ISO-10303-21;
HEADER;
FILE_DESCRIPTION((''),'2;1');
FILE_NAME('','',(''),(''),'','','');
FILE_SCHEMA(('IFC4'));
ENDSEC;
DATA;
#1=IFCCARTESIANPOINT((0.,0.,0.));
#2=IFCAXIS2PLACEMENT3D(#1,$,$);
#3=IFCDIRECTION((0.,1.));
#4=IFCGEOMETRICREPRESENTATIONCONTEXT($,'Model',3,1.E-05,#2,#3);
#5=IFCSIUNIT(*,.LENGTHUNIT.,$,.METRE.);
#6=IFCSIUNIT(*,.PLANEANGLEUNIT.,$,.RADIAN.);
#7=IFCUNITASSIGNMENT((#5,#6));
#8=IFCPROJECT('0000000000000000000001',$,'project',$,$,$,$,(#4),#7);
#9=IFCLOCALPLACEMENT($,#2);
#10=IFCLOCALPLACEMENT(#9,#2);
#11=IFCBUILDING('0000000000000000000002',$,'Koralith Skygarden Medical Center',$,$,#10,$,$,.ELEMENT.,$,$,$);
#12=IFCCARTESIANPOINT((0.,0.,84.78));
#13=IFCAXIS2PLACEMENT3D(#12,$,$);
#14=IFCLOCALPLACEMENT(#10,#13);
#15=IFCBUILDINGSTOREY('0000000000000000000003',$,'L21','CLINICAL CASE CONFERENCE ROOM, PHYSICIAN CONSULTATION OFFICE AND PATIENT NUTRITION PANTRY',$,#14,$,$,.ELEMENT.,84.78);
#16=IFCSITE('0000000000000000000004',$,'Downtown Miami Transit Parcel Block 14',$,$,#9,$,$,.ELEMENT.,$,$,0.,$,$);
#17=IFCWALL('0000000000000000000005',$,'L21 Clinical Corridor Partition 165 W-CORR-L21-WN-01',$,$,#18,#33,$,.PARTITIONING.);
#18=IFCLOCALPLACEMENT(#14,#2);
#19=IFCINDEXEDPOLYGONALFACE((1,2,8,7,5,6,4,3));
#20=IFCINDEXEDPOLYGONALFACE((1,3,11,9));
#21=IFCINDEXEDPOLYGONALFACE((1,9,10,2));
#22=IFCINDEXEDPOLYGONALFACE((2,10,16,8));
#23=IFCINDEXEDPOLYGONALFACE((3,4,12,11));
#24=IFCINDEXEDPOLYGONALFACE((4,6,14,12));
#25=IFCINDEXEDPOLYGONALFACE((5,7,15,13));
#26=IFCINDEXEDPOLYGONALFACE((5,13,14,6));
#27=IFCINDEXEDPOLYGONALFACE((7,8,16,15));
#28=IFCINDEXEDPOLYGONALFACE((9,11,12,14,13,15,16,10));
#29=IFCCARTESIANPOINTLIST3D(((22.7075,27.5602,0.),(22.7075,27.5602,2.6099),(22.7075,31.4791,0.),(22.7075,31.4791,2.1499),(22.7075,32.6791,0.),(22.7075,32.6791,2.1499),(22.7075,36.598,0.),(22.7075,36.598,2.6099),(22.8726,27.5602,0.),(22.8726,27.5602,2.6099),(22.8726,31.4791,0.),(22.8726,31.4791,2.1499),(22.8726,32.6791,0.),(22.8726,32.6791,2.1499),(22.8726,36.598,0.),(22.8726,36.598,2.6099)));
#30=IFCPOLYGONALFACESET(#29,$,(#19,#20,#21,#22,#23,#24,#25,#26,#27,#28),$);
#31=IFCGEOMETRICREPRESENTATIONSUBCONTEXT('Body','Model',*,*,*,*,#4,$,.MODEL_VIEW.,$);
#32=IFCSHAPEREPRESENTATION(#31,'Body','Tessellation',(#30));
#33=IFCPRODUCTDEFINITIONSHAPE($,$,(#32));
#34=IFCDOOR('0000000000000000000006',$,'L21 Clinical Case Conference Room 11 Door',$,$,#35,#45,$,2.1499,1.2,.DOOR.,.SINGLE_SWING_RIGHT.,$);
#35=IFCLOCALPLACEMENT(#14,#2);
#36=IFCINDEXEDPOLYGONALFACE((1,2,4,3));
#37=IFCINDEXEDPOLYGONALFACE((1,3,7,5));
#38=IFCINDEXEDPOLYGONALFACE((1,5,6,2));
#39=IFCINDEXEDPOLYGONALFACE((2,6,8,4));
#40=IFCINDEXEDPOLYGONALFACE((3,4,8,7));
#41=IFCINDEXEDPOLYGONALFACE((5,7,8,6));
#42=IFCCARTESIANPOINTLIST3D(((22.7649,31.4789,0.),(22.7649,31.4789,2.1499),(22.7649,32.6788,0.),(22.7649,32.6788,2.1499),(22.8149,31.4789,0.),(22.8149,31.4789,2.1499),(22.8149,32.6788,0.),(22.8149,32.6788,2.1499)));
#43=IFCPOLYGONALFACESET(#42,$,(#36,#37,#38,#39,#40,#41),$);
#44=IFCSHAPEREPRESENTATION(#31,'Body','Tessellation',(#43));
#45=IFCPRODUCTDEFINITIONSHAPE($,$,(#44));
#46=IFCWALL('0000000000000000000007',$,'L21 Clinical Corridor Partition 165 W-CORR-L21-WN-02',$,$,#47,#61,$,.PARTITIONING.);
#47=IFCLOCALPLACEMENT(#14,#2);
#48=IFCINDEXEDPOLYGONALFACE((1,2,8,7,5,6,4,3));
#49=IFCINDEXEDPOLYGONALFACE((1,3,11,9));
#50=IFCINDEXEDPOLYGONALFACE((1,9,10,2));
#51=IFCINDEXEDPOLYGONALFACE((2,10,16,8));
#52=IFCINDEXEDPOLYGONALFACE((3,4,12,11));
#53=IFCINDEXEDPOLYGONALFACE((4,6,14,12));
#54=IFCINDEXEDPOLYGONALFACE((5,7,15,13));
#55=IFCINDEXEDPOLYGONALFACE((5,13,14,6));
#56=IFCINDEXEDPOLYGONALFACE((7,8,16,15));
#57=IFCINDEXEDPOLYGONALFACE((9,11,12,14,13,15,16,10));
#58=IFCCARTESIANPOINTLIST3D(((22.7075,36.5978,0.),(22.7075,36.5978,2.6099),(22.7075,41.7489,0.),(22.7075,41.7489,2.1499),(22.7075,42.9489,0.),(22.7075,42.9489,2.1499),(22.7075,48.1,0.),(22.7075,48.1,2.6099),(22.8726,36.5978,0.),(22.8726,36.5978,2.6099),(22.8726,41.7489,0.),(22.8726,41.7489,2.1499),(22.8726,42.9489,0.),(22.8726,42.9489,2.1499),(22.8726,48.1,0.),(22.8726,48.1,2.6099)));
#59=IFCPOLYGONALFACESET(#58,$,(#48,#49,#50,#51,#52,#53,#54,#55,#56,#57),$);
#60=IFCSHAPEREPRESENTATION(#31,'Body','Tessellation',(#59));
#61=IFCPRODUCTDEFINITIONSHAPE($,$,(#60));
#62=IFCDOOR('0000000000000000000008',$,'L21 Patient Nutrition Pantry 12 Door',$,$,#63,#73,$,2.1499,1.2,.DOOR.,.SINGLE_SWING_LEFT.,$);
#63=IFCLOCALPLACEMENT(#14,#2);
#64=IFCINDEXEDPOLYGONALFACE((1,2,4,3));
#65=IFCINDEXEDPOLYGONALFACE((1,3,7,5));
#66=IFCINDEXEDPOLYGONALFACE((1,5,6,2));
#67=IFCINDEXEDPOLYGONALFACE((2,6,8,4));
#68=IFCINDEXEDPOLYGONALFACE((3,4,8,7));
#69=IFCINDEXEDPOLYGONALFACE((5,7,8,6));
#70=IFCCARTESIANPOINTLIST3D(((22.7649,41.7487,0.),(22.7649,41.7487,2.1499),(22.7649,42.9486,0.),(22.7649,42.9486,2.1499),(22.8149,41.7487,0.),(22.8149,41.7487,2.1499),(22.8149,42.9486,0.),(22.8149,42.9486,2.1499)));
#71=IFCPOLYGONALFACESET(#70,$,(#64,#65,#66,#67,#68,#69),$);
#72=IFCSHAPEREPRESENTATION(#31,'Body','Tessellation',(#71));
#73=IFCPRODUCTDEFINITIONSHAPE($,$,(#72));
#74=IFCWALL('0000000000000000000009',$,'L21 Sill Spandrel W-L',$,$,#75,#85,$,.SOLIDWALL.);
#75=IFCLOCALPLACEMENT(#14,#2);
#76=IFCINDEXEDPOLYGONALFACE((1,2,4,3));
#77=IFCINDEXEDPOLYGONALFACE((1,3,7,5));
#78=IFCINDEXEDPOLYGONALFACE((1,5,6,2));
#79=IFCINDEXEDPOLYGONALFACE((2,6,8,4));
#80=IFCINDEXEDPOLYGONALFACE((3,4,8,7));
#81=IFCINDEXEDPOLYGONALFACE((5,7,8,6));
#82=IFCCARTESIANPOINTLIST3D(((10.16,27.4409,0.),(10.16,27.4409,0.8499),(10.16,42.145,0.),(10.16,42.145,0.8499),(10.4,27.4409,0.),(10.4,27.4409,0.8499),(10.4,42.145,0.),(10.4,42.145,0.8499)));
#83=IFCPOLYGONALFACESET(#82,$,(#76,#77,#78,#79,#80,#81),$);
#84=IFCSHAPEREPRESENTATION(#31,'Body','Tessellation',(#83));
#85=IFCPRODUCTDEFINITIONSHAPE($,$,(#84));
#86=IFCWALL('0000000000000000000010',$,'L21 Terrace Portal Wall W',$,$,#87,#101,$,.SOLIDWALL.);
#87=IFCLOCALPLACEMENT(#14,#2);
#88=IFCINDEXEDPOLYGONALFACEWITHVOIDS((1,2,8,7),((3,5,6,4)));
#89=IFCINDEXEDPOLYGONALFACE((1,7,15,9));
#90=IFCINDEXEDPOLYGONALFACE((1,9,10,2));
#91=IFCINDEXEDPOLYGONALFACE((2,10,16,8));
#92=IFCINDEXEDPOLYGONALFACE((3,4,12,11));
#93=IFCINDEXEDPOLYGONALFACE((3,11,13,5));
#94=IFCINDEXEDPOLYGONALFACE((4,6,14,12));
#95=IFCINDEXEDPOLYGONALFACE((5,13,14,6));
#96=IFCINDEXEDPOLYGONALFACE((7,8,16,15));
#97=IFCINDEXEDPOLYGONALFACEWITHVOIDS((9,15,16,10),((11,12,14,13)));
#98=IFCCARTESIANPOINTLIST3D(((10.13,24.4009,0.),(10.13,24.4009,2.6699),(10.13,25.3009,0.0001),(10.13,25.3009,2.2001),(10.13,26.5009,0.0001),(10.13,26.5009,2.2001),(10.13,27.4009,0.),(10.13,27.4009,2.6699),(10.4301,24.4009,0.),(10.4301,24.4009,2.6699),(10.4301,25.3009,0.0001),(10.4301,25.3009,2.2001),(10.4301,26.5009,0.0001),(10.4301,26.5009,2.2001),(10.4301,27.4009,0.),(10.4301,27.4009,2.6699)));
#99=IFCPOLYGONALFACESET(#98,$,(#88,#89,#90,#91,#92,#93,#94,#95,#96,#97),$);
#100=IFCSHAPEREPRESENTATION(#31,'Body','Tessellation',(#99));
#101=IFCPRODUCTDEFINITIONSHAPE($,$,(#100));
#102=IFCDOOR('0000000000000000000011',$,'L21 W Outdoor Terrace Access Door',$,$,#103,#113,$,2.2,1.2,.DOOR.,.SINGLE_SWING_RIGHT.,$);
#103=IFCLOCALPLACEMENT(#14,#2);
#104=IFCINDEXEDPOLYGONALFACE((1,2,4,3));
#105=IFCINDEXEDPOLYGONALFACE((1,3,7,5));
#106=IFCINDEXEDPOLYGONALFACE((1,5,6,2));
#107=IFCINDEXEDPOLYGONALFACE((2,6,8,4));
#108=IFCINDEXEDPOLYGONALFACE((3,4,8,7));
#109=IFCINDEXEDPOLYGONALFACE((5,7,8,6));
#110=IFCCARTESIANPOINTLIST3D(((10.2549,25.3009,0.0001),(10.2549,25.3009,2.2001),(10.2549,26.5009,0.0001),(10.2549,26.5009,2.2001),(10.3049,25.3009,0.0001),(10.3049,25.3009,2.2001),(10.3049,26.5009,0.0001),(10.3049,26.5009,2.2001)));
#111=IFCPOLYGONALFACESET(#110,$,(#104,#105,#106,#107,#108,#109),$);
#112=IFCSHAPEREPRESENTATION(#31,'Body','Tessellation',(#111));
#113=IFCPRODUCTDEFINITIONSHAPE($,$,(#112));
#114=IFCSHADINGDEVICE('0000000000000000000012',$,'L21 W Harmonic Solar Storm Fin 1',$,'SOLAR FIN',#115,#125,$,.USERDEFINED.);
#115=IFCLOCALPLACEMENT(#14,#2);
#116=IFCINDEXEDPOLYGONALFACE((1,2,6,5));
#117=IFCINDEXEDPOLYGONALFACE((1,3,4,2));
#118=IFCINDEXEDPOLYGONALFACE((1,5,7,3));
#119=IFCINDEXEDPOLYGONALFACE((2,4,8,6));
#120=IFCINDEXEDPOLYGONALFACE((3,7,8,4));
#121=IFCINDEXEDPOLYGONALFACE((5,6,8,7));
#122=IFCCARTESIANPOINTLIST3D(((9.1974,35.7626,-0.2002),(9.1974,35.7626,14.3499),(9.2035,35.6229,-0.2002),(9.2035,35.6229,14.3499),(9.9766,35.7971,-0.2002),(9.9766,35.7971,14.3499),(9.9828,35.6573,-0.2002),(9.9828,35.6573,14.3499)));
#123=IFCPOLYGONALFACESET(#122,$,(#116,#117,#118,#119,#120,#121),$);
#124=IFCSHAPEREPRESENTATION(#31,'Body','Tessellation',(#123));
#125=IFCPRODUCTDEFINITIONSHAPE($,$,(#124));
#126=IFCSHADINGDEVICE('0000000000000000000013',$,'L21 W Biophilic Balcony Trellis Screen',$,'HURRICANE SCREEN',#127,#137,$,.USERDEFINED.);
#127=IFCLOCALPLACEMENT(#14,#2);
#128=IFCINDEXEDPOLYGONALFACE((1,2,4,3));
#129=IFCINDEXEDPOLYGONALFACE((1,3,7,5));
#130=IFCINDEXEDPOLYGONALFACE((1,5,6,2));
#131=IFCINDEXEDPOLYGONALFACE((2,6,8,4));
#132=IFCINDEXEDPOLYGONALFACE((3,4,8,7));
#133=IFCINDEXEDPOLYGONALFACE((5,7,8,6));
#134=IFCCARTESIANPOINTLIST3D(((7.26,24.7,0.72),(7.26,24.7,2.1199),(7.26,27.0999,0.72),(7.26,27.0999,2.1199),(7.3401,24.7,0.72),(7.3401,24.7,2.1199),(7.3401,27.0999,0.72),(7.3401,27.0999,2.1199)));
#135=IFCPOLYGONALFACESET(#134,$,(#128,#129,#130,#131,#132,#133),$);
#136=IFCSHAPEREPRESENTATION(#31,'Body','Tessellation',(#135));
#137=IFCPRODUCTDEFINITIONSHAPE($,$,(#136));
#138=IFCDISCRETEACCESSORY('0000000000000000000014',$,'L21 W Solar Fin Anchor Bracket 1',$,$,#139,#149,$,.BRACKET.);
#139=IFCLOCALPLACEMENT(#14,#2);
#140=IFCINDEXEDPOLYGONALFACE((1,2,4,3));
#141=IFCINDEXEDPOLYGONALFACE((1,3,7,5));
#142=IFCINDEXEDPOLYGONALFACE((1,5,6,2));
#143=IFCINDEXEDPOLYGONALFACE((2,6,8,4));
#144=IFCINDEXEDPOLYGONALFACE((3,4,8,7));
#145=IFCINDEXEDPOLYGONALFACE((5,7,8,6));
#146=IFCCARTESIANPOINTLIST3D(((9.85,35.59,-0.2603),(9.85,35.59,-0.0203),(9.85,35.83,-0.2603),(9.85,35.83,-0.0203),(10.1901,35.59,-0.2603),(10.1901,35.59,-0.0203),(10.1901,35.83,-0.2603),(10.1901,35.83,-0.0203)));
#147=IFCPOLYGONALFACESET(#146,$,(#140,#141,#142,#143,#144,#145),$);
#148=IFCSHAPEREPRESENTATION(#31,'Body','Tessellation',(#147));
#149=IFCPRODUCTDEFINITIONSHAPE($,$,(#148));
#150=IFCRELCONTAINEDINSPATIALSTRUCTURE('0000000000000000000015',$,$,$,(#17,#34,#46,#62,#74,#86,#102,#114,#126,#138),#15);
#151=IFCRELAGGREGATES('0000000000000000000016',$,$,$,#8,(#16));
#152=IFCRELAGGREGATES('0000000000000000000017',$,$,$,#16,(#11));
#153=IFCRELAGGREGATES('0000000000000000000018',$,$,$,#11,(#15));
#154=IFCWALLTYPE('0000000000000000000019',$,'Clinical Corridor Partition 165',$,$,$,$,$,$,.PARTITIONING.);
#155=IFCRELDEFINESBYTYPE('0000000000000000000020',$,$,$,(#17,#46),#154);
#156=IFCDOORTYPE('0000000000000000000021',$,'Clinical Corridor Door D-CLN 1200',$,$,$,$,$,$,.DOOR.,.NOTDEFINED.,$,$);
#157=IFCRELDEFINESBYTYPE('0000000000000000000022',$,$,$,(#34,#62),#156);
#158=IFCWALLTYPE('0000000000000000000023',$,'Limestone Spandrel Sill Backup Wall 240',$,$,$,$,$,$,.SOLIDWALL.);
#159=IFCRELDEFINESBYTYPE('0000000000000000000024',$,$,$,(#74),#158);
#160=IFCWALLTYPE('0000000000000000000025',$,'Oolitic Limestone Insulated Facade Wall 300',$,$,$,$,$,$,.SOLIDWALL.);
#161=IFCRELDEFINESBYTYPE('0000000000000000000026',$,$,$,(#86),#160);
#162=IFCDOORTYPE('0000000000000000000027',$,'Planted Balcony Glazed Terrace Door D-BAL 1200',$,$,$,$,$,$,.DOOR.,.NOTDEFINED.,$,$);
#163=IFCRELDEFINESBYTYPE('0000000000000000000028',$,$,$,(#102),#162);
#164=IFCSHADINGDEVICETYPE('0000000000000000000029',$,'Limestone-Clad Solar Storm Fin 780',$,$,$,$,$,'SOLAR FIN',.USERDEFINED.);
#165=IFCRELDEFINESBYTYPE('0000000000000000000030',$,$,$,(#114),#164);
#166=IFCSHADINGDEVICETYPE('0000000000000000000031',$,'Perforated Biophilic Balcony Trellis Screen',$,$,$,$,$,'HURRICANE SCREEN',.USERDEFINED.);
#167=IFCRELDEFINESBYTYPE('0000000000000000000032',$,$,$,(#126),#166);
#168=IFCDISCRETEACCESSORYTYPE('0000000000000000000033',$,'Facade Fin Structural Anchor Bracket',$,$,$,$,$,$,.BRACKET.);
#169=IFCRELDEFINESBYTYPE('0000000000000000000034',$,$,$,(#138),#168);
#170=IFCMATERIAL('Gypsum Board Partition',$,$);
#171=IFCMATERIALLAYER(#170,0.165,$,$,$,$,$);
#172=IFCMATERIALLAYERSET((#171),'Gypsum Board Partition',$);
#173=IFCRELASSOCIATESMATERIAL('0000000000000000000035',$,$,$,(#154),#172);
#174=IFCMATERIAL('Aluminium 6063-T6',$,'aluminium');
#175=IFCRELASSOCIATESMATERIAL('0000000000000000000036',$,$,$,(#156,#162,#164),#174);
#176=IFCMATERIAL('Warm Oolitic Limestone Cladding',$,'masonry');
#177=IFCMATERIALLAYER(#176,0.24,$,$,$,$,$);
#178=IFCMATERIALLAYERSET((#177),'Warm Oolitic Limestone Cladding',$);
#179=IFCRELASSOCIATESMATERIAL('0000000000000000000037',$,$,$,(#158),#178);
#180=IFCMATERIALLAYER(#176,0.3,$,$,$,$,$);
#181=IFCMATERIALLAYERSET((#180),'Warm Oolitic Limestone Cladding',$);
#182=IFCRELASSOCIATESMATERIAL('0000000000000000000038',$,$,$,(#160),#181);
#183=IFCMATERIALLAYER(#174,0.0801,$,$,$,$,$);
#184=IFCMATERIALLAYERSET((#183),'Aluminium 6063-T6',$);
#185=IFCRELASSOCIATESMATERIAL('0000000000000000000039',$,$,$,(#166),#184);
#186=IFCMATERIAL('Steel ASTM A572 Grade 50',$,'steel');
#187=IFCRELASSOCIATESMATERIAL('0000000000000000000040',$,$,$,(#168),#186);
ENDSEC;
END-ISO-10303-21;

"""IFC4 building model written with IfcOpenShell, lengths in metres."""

from ifc_helpers import new_model, si_unit, direction, frame, frame_2d, origin, origin_2d, place, context, subcontext, project, spatial, rectangle, extrude, material, layer, layer_set, type_object, element, fill, save


model = new_model("IFC4")

# Units and contexts
model_context = context("Model", 3, precision=1e-05, world=origin(), true_north=direction((0.0, 1.0)))
body_context = subcontext(model_context, "Body", "Model", "MODEL_VIEW")
ifc_project = project(units=[si_unit("LENGTHUNIT", "METRE"), si_unit("PLANEANGLEUNIT", "RADIAN")], contexts=[model_context])

# Site, building, storey
site_placement = place(None, origin())
site = spatial("IfcSite", under=ifc_project, at=site_placement, Name="Downtown Miami Transit Parcel Block 14", CompositionType="ELEMENT", RefElevation=0.0)
building_placement = place(site_placement, origin())
building = spatial("IfcBuilding", under=site, at=building_placement, Name="Koralith Skygarden Medical Center", CompositionType="ELEMENT")
storey_placement = place(building_placement, frame((0.0, 0.0, 84.78)))
storey = spatial("IfcBuildingStorey", under=building, at=storey_placement, Name="L21", Description="CLINICAL CASE CONFERENCE ROOM, PHYSICIAN CONSULTATION OFFICE AND PATIENT NUTRITION PANTRY", CompositionType="ELEMENT", Elevation=84.78)

# Shared definitions
ifc_material_1 = material(Name="Aluminium 6063-T6", Category="aluminium")

# Shared definitions
ifc_material_2 = material(Name="Gypsum Board Partition")
ifc_layer_1 = layer(ifc_material_2, 0.165)
ifc_layer_set_1 = layer_set([ifc_layer_1], Name="Gypsum Board Partition")
wall_type_1 = type_object("IfcWallType", Name="Clinical Corridor Partition 165", PredefinedType="PARTITIONING", material=ifc_layer_set_1)

# Walls, openings, doors
wall_1_placement = place(storey_placement, frame((22.79, 27.5601, 0.0), z_axis=(0.0, 0.0, 1.0), x_axis=(0.0, 1.0, 0.0)))
wall_1 = element("IfcWall", 1, at=wall_1_placement, inside=storey, type_object=wall_type_1, Name="L21 Clinical Corridor Partition 165 W-CORR-L21-WN-01", PredefinedType="PARTITIONING", context=body_context, shape_type="SweptSolid", body=[
    extrude(rectangle(XDim=9.0378, YDim=0.165, at=frame_2d((4.519, 0.0))), origin(), (0.0, 0.0, 1.0), 2.6099),
])
opening_1_placement = place(wall_1_placement, frame((3.9189, 0.0, 0.0)))
opening_1 = element("IfcOpeningElement", 2, at=opening_1_placement, cuts=wall_1, PredefinedType="OPENING", context=body_context, shape_type="SweptSolid", body=[
    extrude(rectangle(XDim=1.2, YDim=2.1499, at=frame_2d((0.6001, 1.075))), frame((0.0, 0.0925, 0.0), z_axis=(0.0, -1.0, 0.0), x_axis=(1.0, 0.0, 0.0)), (0.0, 0.0, 1.0), 0.1851),
])
door_type_1 = type_object("IfcDoorType", Name="Clinical Corridor Door D-CLN 1200", OperationType="NOTDEFINED", PredefinedType="DOOR", material=ifc_material_1)
door_1_placement = place(opening_1_placement, frame((1.2, 0.0, 0.0), z_axis=(0.0, 0.0, 1.0), x_axis=(-1.0, 0.0, 0.0)))
door_1 = element("IfcDoor", 3, at=door_1_placement, inside=storey, type_object=door_type_1, Name="L21 Clinical Case Conference Room 11 Door", OperationType="SINGLE_SWING_RIGHT", OverallHeight=2.1499, OverallWidth=1.2, PredefinedType="DOOR", context=body_context, shape_type="SweptSolid", body=[
    extrude(rectangle(XDim=1.2, YDim=2.1499, at=frame_2d((0.6001, 1.075))), frame((0.0, 0.0249, 0.0), z_axis=(0.0, -1.0, 0.0), x_axis=(1.0, 0.0, 0.0)), (0.0, 0.0, 1.0), 0.05),
])
fill(opening_1, door_1)
wall_2_placement = place(storey_placement, frame((22.79, 36.5979, 0.0), z_axis=(0.0, 0.0, 1.0), x_axis=(0.0, 1.0, 0.0)))
wall_2 = element("IfcWall", 4, at=wall_2_placement, inside=storey, type_object=wall_type_1, Name="L21 Clinical Corridor Partition 165 W-CORR-L21-WN-02", PredefinedType="PARTITIONING", context=body_context, shape_type="SweptSolid", body=[
    extrude(rectangle(XDim=11.5022, YDim=0.165, at=frame_2d((5.751, 0.0))), origin(), (0.0, 0.0, 1.0), 2.6099),
])
opening_2_placement = place(wall_2_placement, frame((5.1509, 0.0, 0.0)))
opening_2 = element("IfcOpeningElement", 5, at=opening_2_placement, cuts=wall_2, PredefinedType="OPENING", context=body_context, shape_type="SweptSolid", body=[
    extrude(rectangle(XDim=1.2, YDim=2.1499, at=frame_2d((0.6001, 1.075))), frame((0.0, 0.0925, 0.0), z_axis=(0.0, -1.0, 0.0), x_axis=(1.0, 0.0, 0.0)), (0.0, 0.0, 1.0), 0.1851),
])
door_2_placement = place(opening_2_placement, frame((1.2, 0.0, 0.0), z_axis=(0.0, 0.0, 1.0), x_axis=(-1.0, 0.0, 0.0)))
door_2 = element("IfcDoor", 6, at=door_2_placement, inside=storey, type_object=door_type_1, Name="L21 Patient Nutrition Pantry 12 Door", OperationType="SINGLE_SWING_LEFT", OverallHeight=2.1499, OverallWidth=1.2, PredefinedType="DOOR", context=body_context, shape_type="SweptSolid", body=[
    extrude(rectangle(XDim=1.2, YDim=2.1499, at=frame_2d((0.6001, 1.075))), frame((0.0, 0.0249, 0.0), z_axis=(0.0, -1.0, 0.0), x_axis=(1.0, 0.0, 0.0)), (0.0, 0.0, 1.0), 0.05),
])
fill(opening_2, door_2)

# Wall
ifc_material_3 = material(Name="Warm Oolitic Limestone Cladding", Category="masonry")
ifc_layer_2 = layer(ifc_material_3, 0.24)
ifc_layer_set_2 = layer_set([ifc_layer_2], Name="Warm Oolitic Limestone Cladding")
wall_type_2 = type_object("IfcWallType", Name="Limestone Spandrel Sill Backup Wall 240", PredefinedType="SOLIDWALL", material=ifc_layer_set_2)
wall_3_placement = place(storey_placement, frame((10.28, 42.145, 0.0), z_axis=(0.0, 0.0, 1.0), x_axis=(0.0, -1.0, 0.0)))
element("IfcWall", 7, at=wall_3_placement, inside=storey, type_object=wall_type_2, Name="L21 Sill Spandrel W-L", PredefinedType="SOLIDWALL", context=body_context, shape_type="SweptSolid", body=[
    extrude(rectangle(XDim=14.7041, YDim=0.24, at=frame_2d((7.3521, 0.0))), origin(), (0.0, 0.0, 1.0), 0.8499),
])

# Wall, opening, door
ifc_layer_3 = layer(ifc_material_3, 0.3)
ifc_layer_set_3 = layer_set([ifc_layer_3], Name="Warm Oolitic Limestone Cladding")
wall_type_3 = type_object("IfcWallType", Name="Oolitic Limestone Insulated Facade Wall 300", PredefinedType="SOLIDWALL", material=ifc_layer_set_3)
wall_4_placement = place(storey_placement, frame((10.28, 27.4009, 0.0), z_axis=(0.0, 0.0, 1.0), x_axis=(0.0, -1.0, 0.0)))
wall_4 = element("IfcWall", 8, at=wall_4_placement, inside=storey, type_object=wall_type_3, Name="L21 Terrace Portal Wall W", PredefinedType="SOLIDWALL", context=body_context, shape_type="SweptSolid", body=[
    extrude(rectangle(XDim=3.0, YDim=0.3, at=frame_2d((1.5, 0.0))), origin(), (0.0, 0.0, 1.0), 2.6699),
])
opening_3_placement = place(wall_4_placement, frame((0.8999, 0.0, 0.0)))
opening_3 = element("IfcOpeningElement", 9, at=opening_3_placement, cuts=wall_4, PredefinedType="OPENING", context=body_context, shape_type="SweptSolid", body=[
    extrude(rectangle(XDim=1.2, YDim=2.2, at=frame_2d((0.6001, 1.1001))), frame((0.0, 0.1599, 0.0), z_axis=(0.0, -1.0, 0.0), x_axis=(1.0, 0.0, 0.0)), (0.0, 0.0, 1.0), 0.3201),
])
door_type_2 = type_object("IfcDoorType", Name="Planted Balcony Glazed Terrace Door D-BAL 1200", OperationType="NOTDEFINED", PredefinedType="DOOR", material=ifc_material_1)
door_3_placement = place(opening_3_placement, origin())
door_3 = element("IfcDoor", 10, at=door_3_placement, inside=storey, type_object=door_type_2, Name="L21 W Outdoor Terrace Access Door", OperationType="SINGLE_SWING_RIGHT", OverallHeight=2.2, OverallWidth=1.2, PredefinedType="DOOR", context=body_context, shape_type="SweptSolid", body=[
    extrude(rectangle(XDim=1.2, YDim=2.2, at=frame_2d((0.6001, 1.1001))), frame((0.0, 0.0249, 0.0), z_axis=(0.0, -1.0, 0.0), x_axis=(1.0, 0.0, 0.0)), (0.0, 0.0, 1.0), 0.05),
])
fill(opening_3, door_3)

# Shading devices
shading_device_type_1 = type_object("IfcShadingDeviceType", Name="Limestone-Clad Solar Storm Fin 780", ElementType="SOLAR FIN", PredefinedType="USERDEFINED", material=ifc_material_1)
shading_device_1_placement = place(storey_placement, frame((9.5901, 35.71, -0.2002), z_axis=(0.0, 0.0, 1.0), x_axis=(-0.999025, -0.044142, 0.0)))
element("IfcShadingDevice", 11, at=shading_device_1_placement, inside=storey, type_object=shading_device_type_1, Name="L21 W Harmonic Solar Storm Fin 1", ObjectType="SOLAR FIN", PredefinedType="USERDEFINED", context=body_context, shape_type="SweptSolid", body=[
    extrude(rectangle(XDim=0.78, YDim=0.1399, at=origin_2d()), origin(), (0.0, 0.0, 1.0), 14.55),
])
ifc_layer_4 = layer(ifc_material_1, 0.0801)
ifc_layer_set_4 = layer_set([ifc_layer_4], Name="Aluminium 6063-T6")
shading_device_type_2 = type_object("IfcShadingDeviceType", Name="Perforated Biophilic Balcony Trellis Screen", ElementType="HURRICANE SCREEN", PredefinedType="USERDEFINED", material=ifc_layer_set_4)
shading_device_2_placement = place(storey_placement, frame((7.3, 25.8999, 0.72), z_axis=(0.0, 0.0, 1.0), x_axis=(0.0, 1.0, 0.0)))
element("IfcShadingDevice", 12, at=shading_device_2_placement, inside=storey, type_object=shading_device_type_2, Name="L21 W Biophilic Balcony Trellis Screen", ObjectType="HURRICANE SCREEN", PredefinedType="USERDEFINED", context=body_context, shape_type="SweptSolid", body=[
    extrude(rectangle(XDim=2.3999, YDim=0.0801, at=origin_2d()), origin(), (0.0, 0.0, 1.0), 1.3999),
])

# Discrete accessory
ifc_material_4 = material(Name="Steel ASTM A572 Grade 50", Category="steel")
discrete_accessory_type = type_object("IfcDiscreteAccessoryType", Name="Facade Fin Structural Anchor Bracket", PredefinedType="BRACKET", material=ifc_material_4)
discrete_accessory_placement = place(storey_placement, frame((10.02, 35.71, -0.2603), z_axis=(0.0, 0.0, 1.0), x_axis=(-1.0, 0.0, 0.0)))
element("IfcDiscreteAccessory", 13, at=discrete_accessory_placement, inside=storey, type_object=discrete_accessory_type, Name="L21 W Solar Fin Anchor Bracket 1", PredefinedType="BRACKET", context=body_context, shape_type="SweptSolid", body=[
    extrude(rectangle(XDim=0.3401, YDim=0.24, at=origin_2d()), origin(), (0.0, 0.0, 1.0), 0.24),
])

save(model, "model.ifc")
